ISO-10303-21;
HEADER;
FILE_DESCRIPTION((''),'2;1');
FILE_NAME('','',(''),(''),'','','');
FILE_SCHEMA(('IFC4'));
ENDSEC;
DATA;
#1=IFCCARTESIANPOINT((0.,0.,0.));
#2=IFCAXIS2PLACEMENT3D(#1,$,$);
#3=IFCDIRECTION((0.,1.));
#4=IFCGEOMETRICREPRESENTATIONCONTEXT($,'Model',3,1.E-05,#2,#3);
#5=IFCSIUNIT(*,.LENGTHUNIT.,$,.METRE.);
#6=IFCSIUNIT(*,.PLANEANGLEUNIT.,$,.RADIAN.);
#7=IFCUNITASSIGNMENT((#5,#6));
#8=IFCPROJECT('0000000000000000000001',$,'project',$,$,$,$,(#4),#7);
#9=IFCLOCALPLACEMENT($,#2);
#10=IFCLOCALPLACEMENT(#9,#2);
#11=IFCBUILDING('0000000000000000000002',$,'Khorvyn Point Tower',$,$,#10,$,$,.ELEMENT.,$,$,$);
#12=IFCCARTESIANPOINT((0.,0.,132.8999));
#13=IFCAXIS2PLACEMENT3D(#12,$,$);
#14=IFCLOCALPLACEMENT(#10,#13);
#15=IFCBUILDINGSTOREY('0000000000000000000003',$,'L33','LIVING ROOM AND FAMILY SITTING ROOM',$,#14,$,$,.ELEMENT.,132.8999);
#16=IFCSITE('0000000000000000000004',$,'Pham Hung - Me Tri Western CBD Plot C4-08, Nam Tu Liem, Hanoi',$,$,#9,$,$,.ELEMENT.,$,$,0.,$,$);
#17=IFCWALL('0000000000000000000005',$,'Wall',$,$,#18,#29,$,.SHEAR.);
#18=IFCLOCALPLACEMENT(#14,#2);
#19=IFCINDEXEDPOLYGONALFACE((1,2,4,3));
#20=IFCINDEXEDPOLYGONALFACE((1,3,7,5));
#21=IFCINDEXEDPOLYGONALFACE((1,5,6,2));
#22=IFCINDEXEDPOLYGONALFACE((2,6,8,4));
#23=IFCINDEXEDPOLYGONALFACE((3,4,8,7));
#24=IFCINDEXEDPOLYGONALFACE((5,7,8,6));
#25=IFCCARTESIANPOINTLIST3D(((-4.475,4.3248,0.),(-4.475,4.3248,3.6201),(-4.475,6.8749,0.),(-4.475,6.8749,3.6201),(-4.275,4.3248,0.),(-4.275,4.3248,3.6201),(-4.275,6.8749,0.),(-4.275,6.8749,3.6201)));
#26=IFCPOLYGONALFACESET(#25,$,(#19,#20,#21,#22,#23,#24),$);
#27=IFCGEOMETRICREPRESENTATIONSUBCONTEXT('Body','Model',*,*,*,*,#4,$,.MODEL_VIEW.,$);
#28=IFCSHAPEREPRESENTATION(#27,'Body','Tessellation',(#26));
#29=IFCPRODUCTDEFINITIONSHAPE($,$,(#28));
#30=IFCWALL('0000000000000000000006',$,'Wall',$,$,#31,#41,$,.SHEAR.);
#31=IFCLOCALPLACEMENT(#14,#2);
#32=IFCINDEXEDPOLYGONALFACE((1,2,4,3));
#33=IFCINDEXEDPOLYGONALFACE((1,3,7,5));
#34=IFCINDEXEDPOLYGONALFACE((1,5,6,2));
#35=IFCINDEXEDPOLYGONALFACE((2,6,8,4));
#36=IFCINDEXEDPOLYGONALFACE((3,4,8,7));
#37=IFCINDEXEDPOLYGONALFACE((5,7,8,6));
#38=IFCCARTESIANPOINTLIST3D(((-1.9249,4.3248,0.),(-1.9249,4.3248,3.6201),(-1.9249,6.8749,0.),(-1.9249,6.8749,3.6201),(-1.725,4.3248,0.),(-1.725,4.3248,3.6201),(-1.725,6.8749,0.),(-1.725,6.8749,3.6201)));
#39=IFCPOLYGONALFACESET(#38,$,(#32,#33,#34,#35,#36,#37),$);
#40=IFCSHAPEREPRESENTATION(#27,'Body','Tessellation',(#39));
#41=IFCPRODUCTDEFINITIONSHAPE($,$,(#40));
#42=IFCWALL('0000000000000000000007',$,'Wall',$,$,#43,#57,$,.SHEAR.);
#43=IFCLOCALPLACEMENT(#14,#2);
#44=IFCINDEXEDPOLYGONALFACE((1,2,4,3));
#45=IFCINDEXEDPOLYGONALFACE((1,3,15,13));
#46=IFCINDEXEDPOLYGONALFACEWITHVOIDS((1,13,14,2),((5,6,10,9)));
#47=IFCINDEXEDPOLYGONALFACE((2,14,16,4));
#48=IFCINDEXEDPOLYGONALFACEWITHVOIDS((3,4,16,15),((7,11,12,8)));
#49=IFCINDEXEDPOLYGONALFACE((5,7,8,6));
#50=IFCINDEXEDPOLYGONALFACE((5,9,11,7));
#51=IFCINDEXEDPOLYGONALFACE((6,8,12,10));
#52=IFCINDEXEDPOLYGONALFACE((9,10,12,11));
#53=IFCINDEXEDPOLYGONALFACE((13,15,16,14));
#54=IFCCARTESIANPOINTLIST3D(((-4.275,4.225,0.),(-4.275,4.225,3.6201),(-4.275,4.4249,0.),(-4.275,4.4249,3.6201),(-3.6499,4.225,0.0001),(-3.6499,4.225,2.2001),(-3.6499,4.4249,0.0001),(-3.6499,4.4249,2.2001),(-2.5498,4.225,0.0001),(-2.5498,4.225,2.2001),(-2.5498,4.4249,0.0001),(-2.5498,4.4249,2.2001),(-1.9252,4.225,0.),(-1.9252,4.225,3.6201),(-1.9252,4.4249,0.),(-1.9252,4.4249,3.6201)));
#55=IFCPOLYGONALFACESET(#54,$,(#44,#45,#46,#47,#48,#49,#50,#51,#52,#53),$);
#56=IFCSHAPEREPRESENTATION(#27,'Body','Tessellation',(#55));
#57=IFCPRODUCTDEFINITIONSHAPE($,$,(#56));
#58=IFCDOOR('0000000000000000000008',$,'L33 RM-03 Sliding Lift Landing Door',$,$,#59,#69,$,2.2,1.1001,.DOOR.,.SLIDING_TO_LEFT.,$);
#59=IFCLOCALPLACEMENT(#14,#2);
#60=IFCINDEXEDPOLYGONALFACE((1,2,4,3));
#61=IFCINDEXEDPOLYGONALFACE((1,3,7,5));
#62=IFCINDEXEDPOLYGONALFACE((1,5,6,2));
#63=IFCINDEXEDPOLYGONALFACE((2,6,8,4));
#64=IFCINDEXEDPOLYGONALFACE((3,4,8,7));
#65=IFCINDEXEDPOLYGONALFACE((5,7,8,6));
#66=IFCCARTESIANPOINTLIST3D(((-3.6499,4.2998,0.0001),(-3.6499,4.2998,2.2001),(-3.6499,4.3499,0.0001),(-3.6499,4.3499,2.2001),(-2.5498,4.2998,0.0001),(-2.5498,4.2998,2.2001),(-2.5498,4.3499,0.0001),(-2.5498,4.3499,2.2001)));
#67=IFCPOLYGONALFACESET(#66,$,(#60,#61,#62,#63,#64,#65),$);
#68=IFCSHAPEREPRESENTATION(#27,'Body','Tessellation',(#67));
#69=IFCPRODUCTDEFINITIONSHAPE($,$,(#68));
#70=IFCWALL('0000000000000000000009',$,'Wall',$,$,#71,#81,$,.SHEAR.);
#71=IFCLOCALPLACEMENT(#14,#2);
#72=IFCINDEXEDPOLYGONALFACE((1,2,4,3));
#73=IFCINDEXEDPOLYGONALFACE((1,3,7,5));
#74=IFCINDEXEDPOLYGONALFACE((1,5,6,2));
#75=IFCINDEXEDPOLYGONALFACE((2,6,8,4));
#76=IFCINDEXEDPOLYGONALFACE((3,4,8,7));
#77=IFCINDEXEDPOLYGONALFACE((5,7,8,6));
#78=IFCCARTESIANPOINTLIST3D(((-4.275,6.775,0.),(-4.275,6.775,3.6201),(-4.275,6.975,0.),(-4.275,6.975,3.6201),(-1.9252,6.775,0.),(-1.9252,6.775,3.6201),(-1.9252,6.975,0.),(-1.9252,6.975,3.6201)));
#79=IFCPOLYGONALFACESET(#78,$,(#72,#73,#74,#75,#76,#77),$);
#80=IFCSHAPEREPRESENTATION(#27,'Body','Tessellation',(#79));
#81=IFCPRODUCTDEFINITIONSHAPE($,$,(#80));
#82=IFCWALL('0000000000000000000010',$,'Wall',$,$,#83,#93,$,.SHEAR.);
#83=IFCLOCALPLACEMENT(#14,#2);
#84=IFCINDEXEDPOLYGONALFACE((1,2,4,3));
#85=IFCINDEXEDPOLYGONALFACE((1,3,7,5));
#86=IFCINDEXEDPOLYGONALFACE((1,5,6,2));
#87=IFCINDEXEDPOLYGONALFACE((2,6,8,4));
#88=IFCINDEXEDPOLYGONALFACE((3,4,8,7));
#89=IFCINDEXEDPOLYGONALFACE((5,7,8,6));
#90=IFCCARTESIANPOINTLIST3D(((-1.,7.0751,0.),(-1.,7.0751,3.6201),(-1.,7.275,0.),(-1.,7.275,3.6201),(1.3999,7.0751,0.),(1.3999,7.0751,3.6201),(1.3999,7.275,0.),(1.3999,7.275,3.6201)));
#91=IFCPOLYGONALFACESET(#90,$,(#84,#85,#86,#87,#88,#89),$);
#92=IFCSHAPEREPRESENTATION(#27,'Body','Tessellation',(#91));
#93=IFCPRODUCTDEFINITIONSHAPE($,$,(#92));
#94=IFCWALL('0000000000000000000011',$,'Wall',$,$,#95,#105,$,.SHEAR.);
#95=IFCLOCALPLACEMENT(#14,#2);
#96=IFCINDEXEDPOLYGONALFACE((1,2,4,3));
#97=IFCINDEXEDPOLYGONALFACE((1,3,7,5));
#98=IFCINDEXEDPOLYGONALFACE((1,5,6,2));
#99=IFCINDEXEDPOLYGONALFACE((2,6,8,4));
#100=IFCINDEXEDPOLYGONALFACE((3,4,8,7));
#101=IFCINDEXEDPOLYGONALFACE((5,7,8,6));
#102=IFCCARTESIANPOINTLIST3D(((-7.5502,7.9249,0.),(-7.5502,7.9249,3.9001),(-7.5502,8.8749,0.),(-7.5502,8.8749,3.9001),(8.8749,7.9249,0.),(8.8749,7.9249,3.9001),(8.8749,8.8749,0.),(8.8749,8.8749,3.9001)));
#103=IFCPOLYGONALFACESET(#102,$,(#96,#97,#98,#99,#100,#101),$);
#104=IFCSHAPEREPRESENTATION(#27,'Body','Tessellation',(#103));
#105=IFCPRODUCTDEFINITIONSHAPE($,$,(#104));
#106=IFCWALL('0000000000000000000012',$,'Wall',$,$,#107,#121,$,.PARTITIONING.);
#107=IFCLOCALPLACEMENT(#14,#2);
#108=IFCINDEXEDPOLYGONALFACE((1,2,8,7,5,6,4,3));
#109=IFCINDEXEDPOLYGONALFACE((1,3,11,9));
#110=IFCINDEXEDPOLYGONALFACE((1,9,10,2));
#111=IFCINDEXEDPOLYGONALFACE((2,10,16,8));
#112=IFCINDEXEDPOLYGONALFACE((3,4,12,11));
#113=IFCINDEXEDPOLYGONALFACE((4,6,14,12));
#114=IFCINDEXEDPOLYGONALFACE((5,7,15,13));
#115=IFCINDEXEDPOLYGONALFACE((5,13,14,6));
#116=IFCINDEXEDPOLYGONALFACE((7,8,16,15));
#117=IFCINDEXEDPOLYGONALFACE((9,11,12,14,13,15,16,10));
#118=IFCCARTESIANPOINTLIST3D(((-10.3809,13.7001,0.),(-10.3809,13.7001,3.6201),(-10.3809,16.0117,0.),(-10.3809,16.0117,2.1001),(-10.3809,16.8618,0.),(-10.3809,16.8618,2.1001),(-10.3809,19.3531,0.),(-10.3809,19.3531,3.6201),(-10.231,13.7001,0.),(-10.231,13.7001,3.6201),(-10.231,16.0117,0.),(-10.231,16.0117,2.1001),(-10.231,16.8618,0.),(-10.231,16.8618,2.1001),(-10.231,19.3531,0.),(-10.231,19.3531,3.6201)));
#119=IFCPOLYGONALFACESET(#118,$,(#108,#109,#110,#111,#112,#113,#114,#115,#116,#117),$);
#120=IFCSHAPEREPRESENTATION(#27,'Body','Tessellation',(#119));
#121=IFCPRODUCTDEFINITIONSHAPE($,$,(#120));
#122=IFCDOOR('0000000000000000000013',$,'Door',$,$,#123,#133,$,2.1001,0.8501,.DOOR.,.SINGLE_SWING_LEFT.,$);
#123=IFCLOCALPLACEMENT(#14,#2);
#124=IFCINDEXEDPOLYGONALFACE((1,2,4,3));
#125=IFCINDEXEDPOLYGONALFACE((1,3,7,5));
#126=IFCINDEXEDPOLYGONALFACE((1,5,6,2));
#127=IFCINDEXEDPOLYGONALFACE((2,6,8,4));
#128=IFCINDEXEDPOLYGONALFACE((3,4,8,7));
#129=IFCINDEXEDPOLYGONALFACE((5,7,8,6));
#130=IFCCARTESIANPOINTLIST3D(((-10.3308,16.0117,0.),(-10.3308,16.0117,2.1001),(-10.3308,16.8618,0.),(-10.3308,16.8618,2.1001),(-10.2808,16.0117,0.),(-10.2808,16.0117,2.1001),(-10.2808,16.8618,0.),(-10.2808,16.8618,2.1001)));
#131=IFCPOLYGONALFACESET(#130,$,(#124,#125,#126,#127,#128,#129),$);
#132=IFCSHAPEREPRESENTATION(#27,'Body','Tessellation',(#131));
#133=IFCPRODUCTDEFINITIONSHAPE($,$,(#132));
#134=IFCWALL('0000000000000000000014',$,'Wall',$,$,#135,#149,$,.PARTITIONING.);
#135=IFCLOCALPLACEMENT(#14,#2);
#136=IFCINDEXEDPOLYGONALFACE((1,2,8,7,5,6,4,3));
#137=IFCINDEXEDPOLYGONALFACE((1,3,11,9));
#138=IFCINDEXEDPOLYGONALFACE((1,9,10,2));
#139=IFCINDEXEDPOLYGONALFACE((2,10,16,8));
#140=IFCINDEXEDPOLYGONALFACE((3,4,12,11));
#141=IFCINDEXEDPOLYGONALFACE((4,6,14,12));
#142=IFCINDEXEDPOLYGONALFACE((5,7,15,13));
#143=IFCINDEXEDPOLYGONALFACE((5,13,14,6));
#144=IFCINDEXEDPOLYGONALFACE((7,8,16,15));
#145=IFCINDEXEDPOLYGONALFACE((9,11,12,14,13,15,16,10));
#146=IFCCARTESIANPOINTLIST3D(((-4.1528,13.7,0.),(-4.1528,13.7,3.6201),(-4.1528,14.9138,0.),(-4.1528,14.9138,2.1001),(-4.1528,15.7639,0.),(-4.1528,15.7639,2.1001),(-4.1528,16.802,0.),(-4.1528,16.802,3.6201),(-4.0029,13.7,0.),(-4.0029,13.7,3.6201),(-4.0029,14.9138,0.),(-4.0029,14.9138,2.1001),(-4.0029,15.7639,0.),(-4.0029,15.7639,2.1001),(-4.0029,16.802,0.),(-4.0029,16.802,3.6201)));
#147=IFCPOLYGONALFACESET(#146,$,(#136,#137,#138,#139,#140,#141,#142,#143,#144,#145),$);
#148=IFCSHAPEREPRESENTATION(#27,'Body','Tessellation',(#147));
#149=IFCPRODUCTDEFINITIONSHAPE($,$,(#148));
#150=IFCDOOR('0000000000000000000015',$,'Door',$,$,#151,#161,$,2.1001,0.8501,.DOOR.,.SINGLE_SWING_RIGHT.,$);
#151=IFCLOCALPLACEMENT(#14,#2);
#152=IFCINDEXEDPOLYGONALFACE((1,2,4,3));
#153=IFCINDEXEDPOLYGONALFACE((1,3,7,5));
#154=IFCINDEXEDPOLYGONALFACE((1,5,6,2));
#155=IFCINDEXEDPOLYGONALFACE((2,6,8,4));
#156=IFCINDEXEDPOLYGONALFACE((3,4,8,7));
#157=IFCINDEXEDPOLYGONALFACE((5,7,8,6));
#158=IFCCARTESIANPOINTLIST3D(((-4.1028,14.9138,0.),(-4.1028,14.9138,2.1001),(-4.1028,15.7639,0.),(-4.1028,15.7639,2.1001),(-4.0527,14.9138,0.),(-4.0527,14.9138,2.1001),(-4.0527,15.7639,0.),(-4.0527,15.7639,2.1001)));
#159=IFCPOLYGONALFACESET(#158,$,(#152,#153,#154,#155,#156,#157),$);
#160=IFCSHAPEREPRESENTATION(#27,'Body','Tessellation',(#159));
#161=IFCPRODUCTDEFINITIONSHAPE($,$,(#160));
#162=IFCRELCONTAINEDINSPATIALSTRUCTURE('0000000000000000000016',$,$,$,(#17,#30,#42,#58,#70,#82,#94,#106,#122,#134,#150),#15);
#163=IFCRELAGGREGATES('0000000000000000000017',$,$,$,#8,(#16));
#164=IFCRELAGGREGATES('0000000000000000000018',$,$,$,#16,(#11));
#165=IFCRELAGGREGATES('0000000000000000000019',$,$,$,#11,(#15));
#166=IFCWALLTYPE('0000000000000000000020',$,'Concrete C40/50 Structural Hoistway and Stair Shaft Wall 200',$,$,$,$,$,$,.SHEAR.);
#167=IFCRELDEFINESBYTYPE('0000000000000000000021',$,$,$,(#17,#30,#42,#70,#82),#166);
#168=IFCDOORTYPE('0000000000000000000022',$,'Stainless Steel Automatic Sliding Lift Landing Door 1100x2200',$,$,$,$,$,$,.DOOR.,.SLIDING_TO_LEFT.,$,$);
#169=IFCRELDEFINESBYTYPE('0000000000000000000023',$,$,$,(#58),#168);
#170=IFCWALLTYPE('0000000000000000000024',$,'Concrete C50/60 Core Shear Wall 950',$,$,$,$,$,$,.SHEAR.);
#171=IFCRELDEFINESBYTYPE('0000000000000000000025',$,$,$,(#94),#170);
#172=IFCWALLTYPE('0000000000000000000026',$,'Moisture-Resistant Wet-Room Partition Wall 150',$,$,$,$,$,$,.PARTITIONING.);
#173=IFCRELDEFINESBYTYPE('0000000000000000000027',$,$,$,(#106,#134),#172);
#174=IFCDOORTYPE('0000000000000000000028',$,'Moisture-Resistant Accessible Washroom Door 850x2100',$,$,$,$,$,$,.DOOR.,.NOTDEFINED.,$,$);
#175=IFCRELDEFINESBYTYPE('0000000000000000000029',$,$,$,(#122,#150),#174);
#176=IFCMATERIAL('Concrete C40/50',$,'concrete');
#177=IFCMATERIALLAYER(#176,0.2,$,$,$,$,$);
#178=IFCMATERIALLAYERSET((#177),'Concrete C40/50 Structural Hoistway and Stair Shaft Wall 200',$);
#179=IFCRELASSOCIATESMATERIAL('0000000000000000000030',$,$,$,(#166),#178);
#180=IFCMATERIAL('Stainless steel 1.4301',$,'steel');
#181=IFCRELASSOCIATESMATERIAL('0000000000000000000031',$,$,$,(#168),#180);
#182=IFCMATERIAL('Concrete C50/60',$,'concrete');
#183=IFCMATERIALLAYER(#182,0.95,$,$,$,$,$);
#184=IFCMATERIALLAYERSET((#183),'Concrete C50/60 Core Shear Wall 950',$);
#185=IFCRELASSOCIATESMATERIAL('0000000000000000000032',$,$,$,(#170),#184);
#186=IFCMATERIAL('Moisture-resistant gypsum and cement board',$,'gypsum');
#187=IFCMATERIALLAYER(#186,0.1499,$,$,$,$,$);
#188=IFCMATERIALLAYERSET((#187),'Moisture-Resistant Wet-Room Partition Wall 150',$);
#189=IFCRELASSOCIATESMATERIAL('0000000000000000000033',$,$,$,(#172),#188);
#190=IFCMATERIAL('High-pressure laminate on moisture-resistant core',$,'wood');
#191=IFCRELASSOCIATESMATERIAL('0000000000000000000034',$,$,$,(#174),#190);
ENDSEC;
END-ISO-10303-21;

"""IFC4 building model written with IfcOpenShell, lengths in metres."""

from ifc_helpers import new_model, si_unit, direction, frame, frame_2d, origin, place, context, subcontext, project, spatial, rectangle, extrude, material, layer, layer_set, type_object, element, fill, save


model = new_model("IFC4")

# Units and contexts
model_context = context("Model", 3, precision=1e-05, world=origin(), true_north=direction((0.0, 1.0)))
body_context = subcontext(model_context, "Body", "Model", "MODEL_VIEW")
ifc_project = project(units=[si_unit("LENGTHUNIT", "METRE"), si_unit("PLANEANGLEUNIT", "RADIAN")], contexts=[model_context])

# Site, building, storey
site_placement = place(None, origin())
site = spatial("IfcSite", under=ifc_project, at=site_placement, Name="Pham Hung - Me Tri Western CBD Plot C4-08, Nam Tu Liem, Hanoi", CompositionType="ELEMENT", RefElevation=0.0)
building_placement = place(site_placement, origin())
building = spatial("IfcBuilding", under=site, at=building_placement, Name="Khorvyn Point Tower", CompositionType="ELEMENT")
storey_placement = place(building_placement, frame((0.0, 0.0, 132.8999)))
storey = spatial("IfcBuildingStorey", under=building, at=storey_placement, Name="L33", Description="LIVING ROOM AND FAMILY SITTING ROOM", CompositionType="ELEMENT", Elevation=132.8999)

# Shared definitions
ifc_material_1 = material(Name="Concrete C40/50", Category="concrete")

# Shared definitions
ifc_material_2 = material(Name="Concrete C50/60", Category="concrete")

# Walls
ifc_layer_1 = layer(ifc_material_1, 0.2)
ifc_layer_set_1 = layer_set([ifc_layer_1], Name="Concrete C40/50 Structural Hoistway and Stair Shaft Wall 200")
wall_type_1 = type_object("IfcWallType", Name="Concrete C40/50 Structural Hoistway and Stair Shaft Wall 200", PredefinedType="SHEAR", material=ifc_layer_set_1)
for number, where, z_axis, x_axis, name in (
    (1, (-4.375, 4.325, 0.0), (0.0, 0.0, 1.0), (0.0, 1.0, 0.0), "Wall"),
    (2, (-1.825, 4.325, 0.0), (0.0, 0.0, 1.0), (0.0, 1.0, 0.0), "Wall"),
):
    element("IfcWall", number, at=place(storey_placement, frame(where, z_axis=z_axis, x_axis=x_axis)), inside=storey, type_object=wall_type_1, Name=name, PredefinedType="SHEAR", context=body_context, shape_type="SweptSolid", body=[
        extrude(rectangle(XDim=2.55, YDim=0.2, at=frame_2d((1.2749, 0.0))), origin(), (0.0, 0.0, 1.0), 3.6201),
    ])

# Wall, opening, door
wall_1_placement = place(storey_placement, frame((-4.2749, 4.325, 0.0), z_axis=(0.0, 0.0, 1.0), x_axis=(1.0, 0.0, 0.0)))
wall_1 = element("IfcWall", 3, at=wall_1_placement, inside=storey, type_object=wall_type_1, Name="Wall", PredefinedType="SHEAR", context=body_context, shape_type="SweptSolid", body=[
    extrude(rectangle(XDim=2.3499, YDim=0.2, at=frame_2d((1.1748, 0.0))), origin(), (0.0, 0.0, 1.0), 3.6201),
])
opening_1_placement = place(wall_1_placement, frame((0.625, 0.0, 0.0)))
opening_1 = element("IfcOpeningElement", 4, at=opening_1_placement, cuts=wall_1, PredefinedType="OPENING", context=body_context, shape_type="SweptSolid", body=[
    extrude(rectangle(XDim=1.1001, YDim=2.2, at=frame_2d((0.55, 1.1001))), frame((0.0, 0.1099, 0.0), z_axis=(0.0, -1.0, 0.0), x_axis=(1.0, 0.0, 0.0)), (0.0, 0.0, 1.0), 0.22),
])
ifc_material_3 = material(Name="Stainless steel 1.4301", Category="steel")
door_type_1 = type_object("IfcDoorType", Name="Stainless Steel Automatic Sliding Lift Landing Door 1100x2200", OperationType="SLIDING_TO_LEFT", PredefinedType="DOOR", material=ifc_material_3)
door_1_placement = place(opening_1_placement, origin())
door_1 = element("IfcDoor", 5, at=door_1_placement, inside=storey, type_object=door_type_1, Name="L33 RM-03 Sliding Lift Landing Door", OperationType="SLIDING_TO_LEFT", OverallHeight=2.2, OverallWidth=1.1001, PredefinedType="DOOR", context=body_context, shape_type="SweptSolid", body=[
    extrude(rectangle(XDim=1.1001, YDim=2.2, at=frame_2d((0.55, 1.1001))), frame((0.0, 0.0249, 0.0), z_axis=(0.0, -1.0, 0.0), x_axis=(1.0, 0.0, 0.0)), (0.0, 0.0, 1.0), 0.05),
])
fill(opening_1, door_1)

# Walls
wall_2_placement = place(storey_placement, frame((-4.2749, 6.875, 0.0), z_axis=(0.0, 0.0, 1.0), x_axis=(1.0, 0.0, 0.0)))
element("IfcWall", 6, at=wall_2_placement, inside=storey, type_object=wall_type_1, Name="Wall", PredefinedType="SHEAR", context=body_context, shape_type="SweptSolid", body=[
    extrude(rectangle(XDim=2.3499, YDim=0.2, at=frame_2d((1.1748, 0.0))), origin(), (0.0, 0.0, 1.0), 3.6201),
])
wall_3_placement = place(storey_placement, frame((-1.0, 7.175, 0.0), z_axis=(0.0, 0.0, 1.0), x_axis=(1.0, 0.0, 0.0)))
element("IfcWall", 7, at=wall_3_placement, inside=storey, type_object=wall_type_1, Name="Wall", PredefinedType="SHEAR", context=body_context, shape_type="SweptSolid", body=[
    extrude(rectangle(XDim=2.3999, YDim=0.2, at=frame_2d((1.2, 0.0))), origin(), (0.0, 0.0, 1.0), 3.6201),
])
ifc_layer_2 = layer(ifc_material_2, 0.95)
ifc_layer_set_2 = layer_set([ifc_layer_2], Name="Concrete C50/60 Core Shear Wall 950")
wall_type_2 = type_object("IfcWallType", Name="Concrete C50/60 Core Shear Wall 950", PredefinedType="SHEAR", material=ifc_layer_set_2)
wall_4_placement = place(storey_placement, frame((-7.55, 8.3999, 0.0), z_axis=(0.0, 0.0, 1.0), x_axis=(1.0, 0.0, 0.0)))
element("IfcWall", 8, at=wall_4_placement, inside=storey, type_object=wall_type_2, Name="Wall", PredefinedType="SHEAR", context=body_context, shape_type="SweptSolid", body=[
    extrude(rectangle(XDim=16.425, YDim=0.95, at=frame_2d((8.2124, 0.0))), origin(), (0.0, 0.0, 1.0), 3.9001),
])

# Walls, openings, doors
ifc_material_4 = material(Name="Moisture-resistant gypsum and cement board", Category="gypsum")
ifc_layer_3 = layer(ifc_material_4, 0.1499)
ifc_layer_set_3 = layer_set([ifc_layer_3], Name="Moisture-Resistant Wet-Room Partition Wall 150")
wall_type_3 = type_object("IfcWallType", Name="Moisture-Resistant Wet-Room Partition Wall 150", PredefinedType="PARTITIONING", material=ifc_layer_set_3)
wall_5_placement = place(storey_placement, frame((-10.3059, 13.7, 0.0), z_axis=(0.0, 0.0, 1.0), x_axis=(0.0, 1.0, 0.0)))
wall_5 = element("IfcWall", 9, at=wall_5_placement, inside=storey, type_object=wall_type_3, Name="Wall", PredefinedType="PARTITIONING", context=body_context, shape_type="SweptSolid", body=[
    extrude(rectangle(XDim=5.6531, YDim=0.1499, at=frame_2d((2.8267, 0.0))), origin(), (0.0, 0.0, 1.0), 3.6201),
])
opening_2_placement = place(wall_5_placement, frame((2.3118, 0.0, 0.0)))
opening_2 = element("IfcOpeningElement", 10, at=opening_2_placement, cuts=wall_5, PredefinedType="OPENING", context=body_context, shape_type="SweptSolid", body=[
    extrude(rectangle(XDim=0.8501, YDim=2.1001, at=frame_2d((0.425, 1.05))), frame((0.0, 0.085, 0.0), z_axis=(0.0, -1.0, 0.0), x_axis=(1.0, 0.0, 0.0)), (0.0, 0.0, 1.0), 0.1699),
])
ifc_material_5 = material(Name="High-pressure laminate on moisture-resistant core", Category="wood")
door_type_2 = type_object("IfcDoorType", Name="Moisture-Resistant Accessible Washroom Door 850x2100", OperationType="NOTDEFINED", PredefinedType="DOOR", material=ifc_material_5)
door_2_placement = place(opening_2_placement, origin())
door_2 = element("IfcDoor", 11, at=door_2_placement, inside=storey, type_object=door_type_2, Name="Door", OperationType="SINGLE_SWING_LEFT", OverallHeight=2.1001, OverallWidth=0.8501, PredefinedType="DOOR", context=body_context, shape_type="SweptSolid", body=[
    extrude(rectangle(XDim=0.8501, YDim=2.1001, at=frame_2d((0.425, 1.05))), frame((0.0, 0.0249, 0.0), z_axis=(0.0, -1.0, 0.0), x_axis=(1.0, 0.0, 0.0)), (0.0, 0.0, 1.0), 0.05),
])
fill(opening_2, door_2)
wall_6_placement = place(storey_placement, frame((-4.0779, 13.7, 0.0), z_axis=(0.0, 0.0, 1.0), x_axis=(0.0, 1.0, 0.0)))
wall_6 = element("IfcWall", 12, at=wall_6_placement, inside=storey, type_object=wall_type_3, Name="Wall", PredefinedType="PARTITIONING", context=body_context, shape_type="SweptSolid", body=[
    extrude(rectangle(XDim=3.1021, YDim=0.1499, at=frame_2d((1.551, 0.0))), origin(), (0.0, 0.0, 1.0), 3.6201),
])
opening_3_placement = place(wall_6_placement, frame((1.2139, 0.0, 0.0)))
opening_3 = element("IfcOpeningElement", 13, at=opening_3_placement, cuts=wall_6, PredefinedType="OPENING", context=body_context, shape_type="SweptSolid", body=[
    extrude(rectangle(XDim=0.8501, YDim=2.1001, at=frame_2d((0.425, 1.05))), frame((0.0, 0.085, 0.0), z_axis=(0.0, -1.0, 0.0), x_axis=(1.0, 0.0, 0.0)), (0.0, 0.0, 1.0), 0.1699),
])
door_3_placement = place(opening_3_placement, origin())
door_3 = element("IfcDoor", 14, at=door_3_placement, inside=storey, type_object=door_type_2, Name="Door", OperationType="SINGLE_SWING_RIGHT", OverallHeight=2.1001, OverallWidth=0.8501, PredefinedType="DOOR", context=body_context, shape_type="SweptSolid", body=[
    extrude(rectangle(XDim=0.8501, YDim=2.1001, at=frame_2d((0.425, 1.05))), frame((0.0, 0.0249, 0.0), z_axis=(0.0, -1.0, 0.0), x_axis=(1.0, 0.0, 0.0)), (0.0, 0.0, 1.0), 0.05),
])
fill(opening_3, door_3)

save(model, "model.ifc")
